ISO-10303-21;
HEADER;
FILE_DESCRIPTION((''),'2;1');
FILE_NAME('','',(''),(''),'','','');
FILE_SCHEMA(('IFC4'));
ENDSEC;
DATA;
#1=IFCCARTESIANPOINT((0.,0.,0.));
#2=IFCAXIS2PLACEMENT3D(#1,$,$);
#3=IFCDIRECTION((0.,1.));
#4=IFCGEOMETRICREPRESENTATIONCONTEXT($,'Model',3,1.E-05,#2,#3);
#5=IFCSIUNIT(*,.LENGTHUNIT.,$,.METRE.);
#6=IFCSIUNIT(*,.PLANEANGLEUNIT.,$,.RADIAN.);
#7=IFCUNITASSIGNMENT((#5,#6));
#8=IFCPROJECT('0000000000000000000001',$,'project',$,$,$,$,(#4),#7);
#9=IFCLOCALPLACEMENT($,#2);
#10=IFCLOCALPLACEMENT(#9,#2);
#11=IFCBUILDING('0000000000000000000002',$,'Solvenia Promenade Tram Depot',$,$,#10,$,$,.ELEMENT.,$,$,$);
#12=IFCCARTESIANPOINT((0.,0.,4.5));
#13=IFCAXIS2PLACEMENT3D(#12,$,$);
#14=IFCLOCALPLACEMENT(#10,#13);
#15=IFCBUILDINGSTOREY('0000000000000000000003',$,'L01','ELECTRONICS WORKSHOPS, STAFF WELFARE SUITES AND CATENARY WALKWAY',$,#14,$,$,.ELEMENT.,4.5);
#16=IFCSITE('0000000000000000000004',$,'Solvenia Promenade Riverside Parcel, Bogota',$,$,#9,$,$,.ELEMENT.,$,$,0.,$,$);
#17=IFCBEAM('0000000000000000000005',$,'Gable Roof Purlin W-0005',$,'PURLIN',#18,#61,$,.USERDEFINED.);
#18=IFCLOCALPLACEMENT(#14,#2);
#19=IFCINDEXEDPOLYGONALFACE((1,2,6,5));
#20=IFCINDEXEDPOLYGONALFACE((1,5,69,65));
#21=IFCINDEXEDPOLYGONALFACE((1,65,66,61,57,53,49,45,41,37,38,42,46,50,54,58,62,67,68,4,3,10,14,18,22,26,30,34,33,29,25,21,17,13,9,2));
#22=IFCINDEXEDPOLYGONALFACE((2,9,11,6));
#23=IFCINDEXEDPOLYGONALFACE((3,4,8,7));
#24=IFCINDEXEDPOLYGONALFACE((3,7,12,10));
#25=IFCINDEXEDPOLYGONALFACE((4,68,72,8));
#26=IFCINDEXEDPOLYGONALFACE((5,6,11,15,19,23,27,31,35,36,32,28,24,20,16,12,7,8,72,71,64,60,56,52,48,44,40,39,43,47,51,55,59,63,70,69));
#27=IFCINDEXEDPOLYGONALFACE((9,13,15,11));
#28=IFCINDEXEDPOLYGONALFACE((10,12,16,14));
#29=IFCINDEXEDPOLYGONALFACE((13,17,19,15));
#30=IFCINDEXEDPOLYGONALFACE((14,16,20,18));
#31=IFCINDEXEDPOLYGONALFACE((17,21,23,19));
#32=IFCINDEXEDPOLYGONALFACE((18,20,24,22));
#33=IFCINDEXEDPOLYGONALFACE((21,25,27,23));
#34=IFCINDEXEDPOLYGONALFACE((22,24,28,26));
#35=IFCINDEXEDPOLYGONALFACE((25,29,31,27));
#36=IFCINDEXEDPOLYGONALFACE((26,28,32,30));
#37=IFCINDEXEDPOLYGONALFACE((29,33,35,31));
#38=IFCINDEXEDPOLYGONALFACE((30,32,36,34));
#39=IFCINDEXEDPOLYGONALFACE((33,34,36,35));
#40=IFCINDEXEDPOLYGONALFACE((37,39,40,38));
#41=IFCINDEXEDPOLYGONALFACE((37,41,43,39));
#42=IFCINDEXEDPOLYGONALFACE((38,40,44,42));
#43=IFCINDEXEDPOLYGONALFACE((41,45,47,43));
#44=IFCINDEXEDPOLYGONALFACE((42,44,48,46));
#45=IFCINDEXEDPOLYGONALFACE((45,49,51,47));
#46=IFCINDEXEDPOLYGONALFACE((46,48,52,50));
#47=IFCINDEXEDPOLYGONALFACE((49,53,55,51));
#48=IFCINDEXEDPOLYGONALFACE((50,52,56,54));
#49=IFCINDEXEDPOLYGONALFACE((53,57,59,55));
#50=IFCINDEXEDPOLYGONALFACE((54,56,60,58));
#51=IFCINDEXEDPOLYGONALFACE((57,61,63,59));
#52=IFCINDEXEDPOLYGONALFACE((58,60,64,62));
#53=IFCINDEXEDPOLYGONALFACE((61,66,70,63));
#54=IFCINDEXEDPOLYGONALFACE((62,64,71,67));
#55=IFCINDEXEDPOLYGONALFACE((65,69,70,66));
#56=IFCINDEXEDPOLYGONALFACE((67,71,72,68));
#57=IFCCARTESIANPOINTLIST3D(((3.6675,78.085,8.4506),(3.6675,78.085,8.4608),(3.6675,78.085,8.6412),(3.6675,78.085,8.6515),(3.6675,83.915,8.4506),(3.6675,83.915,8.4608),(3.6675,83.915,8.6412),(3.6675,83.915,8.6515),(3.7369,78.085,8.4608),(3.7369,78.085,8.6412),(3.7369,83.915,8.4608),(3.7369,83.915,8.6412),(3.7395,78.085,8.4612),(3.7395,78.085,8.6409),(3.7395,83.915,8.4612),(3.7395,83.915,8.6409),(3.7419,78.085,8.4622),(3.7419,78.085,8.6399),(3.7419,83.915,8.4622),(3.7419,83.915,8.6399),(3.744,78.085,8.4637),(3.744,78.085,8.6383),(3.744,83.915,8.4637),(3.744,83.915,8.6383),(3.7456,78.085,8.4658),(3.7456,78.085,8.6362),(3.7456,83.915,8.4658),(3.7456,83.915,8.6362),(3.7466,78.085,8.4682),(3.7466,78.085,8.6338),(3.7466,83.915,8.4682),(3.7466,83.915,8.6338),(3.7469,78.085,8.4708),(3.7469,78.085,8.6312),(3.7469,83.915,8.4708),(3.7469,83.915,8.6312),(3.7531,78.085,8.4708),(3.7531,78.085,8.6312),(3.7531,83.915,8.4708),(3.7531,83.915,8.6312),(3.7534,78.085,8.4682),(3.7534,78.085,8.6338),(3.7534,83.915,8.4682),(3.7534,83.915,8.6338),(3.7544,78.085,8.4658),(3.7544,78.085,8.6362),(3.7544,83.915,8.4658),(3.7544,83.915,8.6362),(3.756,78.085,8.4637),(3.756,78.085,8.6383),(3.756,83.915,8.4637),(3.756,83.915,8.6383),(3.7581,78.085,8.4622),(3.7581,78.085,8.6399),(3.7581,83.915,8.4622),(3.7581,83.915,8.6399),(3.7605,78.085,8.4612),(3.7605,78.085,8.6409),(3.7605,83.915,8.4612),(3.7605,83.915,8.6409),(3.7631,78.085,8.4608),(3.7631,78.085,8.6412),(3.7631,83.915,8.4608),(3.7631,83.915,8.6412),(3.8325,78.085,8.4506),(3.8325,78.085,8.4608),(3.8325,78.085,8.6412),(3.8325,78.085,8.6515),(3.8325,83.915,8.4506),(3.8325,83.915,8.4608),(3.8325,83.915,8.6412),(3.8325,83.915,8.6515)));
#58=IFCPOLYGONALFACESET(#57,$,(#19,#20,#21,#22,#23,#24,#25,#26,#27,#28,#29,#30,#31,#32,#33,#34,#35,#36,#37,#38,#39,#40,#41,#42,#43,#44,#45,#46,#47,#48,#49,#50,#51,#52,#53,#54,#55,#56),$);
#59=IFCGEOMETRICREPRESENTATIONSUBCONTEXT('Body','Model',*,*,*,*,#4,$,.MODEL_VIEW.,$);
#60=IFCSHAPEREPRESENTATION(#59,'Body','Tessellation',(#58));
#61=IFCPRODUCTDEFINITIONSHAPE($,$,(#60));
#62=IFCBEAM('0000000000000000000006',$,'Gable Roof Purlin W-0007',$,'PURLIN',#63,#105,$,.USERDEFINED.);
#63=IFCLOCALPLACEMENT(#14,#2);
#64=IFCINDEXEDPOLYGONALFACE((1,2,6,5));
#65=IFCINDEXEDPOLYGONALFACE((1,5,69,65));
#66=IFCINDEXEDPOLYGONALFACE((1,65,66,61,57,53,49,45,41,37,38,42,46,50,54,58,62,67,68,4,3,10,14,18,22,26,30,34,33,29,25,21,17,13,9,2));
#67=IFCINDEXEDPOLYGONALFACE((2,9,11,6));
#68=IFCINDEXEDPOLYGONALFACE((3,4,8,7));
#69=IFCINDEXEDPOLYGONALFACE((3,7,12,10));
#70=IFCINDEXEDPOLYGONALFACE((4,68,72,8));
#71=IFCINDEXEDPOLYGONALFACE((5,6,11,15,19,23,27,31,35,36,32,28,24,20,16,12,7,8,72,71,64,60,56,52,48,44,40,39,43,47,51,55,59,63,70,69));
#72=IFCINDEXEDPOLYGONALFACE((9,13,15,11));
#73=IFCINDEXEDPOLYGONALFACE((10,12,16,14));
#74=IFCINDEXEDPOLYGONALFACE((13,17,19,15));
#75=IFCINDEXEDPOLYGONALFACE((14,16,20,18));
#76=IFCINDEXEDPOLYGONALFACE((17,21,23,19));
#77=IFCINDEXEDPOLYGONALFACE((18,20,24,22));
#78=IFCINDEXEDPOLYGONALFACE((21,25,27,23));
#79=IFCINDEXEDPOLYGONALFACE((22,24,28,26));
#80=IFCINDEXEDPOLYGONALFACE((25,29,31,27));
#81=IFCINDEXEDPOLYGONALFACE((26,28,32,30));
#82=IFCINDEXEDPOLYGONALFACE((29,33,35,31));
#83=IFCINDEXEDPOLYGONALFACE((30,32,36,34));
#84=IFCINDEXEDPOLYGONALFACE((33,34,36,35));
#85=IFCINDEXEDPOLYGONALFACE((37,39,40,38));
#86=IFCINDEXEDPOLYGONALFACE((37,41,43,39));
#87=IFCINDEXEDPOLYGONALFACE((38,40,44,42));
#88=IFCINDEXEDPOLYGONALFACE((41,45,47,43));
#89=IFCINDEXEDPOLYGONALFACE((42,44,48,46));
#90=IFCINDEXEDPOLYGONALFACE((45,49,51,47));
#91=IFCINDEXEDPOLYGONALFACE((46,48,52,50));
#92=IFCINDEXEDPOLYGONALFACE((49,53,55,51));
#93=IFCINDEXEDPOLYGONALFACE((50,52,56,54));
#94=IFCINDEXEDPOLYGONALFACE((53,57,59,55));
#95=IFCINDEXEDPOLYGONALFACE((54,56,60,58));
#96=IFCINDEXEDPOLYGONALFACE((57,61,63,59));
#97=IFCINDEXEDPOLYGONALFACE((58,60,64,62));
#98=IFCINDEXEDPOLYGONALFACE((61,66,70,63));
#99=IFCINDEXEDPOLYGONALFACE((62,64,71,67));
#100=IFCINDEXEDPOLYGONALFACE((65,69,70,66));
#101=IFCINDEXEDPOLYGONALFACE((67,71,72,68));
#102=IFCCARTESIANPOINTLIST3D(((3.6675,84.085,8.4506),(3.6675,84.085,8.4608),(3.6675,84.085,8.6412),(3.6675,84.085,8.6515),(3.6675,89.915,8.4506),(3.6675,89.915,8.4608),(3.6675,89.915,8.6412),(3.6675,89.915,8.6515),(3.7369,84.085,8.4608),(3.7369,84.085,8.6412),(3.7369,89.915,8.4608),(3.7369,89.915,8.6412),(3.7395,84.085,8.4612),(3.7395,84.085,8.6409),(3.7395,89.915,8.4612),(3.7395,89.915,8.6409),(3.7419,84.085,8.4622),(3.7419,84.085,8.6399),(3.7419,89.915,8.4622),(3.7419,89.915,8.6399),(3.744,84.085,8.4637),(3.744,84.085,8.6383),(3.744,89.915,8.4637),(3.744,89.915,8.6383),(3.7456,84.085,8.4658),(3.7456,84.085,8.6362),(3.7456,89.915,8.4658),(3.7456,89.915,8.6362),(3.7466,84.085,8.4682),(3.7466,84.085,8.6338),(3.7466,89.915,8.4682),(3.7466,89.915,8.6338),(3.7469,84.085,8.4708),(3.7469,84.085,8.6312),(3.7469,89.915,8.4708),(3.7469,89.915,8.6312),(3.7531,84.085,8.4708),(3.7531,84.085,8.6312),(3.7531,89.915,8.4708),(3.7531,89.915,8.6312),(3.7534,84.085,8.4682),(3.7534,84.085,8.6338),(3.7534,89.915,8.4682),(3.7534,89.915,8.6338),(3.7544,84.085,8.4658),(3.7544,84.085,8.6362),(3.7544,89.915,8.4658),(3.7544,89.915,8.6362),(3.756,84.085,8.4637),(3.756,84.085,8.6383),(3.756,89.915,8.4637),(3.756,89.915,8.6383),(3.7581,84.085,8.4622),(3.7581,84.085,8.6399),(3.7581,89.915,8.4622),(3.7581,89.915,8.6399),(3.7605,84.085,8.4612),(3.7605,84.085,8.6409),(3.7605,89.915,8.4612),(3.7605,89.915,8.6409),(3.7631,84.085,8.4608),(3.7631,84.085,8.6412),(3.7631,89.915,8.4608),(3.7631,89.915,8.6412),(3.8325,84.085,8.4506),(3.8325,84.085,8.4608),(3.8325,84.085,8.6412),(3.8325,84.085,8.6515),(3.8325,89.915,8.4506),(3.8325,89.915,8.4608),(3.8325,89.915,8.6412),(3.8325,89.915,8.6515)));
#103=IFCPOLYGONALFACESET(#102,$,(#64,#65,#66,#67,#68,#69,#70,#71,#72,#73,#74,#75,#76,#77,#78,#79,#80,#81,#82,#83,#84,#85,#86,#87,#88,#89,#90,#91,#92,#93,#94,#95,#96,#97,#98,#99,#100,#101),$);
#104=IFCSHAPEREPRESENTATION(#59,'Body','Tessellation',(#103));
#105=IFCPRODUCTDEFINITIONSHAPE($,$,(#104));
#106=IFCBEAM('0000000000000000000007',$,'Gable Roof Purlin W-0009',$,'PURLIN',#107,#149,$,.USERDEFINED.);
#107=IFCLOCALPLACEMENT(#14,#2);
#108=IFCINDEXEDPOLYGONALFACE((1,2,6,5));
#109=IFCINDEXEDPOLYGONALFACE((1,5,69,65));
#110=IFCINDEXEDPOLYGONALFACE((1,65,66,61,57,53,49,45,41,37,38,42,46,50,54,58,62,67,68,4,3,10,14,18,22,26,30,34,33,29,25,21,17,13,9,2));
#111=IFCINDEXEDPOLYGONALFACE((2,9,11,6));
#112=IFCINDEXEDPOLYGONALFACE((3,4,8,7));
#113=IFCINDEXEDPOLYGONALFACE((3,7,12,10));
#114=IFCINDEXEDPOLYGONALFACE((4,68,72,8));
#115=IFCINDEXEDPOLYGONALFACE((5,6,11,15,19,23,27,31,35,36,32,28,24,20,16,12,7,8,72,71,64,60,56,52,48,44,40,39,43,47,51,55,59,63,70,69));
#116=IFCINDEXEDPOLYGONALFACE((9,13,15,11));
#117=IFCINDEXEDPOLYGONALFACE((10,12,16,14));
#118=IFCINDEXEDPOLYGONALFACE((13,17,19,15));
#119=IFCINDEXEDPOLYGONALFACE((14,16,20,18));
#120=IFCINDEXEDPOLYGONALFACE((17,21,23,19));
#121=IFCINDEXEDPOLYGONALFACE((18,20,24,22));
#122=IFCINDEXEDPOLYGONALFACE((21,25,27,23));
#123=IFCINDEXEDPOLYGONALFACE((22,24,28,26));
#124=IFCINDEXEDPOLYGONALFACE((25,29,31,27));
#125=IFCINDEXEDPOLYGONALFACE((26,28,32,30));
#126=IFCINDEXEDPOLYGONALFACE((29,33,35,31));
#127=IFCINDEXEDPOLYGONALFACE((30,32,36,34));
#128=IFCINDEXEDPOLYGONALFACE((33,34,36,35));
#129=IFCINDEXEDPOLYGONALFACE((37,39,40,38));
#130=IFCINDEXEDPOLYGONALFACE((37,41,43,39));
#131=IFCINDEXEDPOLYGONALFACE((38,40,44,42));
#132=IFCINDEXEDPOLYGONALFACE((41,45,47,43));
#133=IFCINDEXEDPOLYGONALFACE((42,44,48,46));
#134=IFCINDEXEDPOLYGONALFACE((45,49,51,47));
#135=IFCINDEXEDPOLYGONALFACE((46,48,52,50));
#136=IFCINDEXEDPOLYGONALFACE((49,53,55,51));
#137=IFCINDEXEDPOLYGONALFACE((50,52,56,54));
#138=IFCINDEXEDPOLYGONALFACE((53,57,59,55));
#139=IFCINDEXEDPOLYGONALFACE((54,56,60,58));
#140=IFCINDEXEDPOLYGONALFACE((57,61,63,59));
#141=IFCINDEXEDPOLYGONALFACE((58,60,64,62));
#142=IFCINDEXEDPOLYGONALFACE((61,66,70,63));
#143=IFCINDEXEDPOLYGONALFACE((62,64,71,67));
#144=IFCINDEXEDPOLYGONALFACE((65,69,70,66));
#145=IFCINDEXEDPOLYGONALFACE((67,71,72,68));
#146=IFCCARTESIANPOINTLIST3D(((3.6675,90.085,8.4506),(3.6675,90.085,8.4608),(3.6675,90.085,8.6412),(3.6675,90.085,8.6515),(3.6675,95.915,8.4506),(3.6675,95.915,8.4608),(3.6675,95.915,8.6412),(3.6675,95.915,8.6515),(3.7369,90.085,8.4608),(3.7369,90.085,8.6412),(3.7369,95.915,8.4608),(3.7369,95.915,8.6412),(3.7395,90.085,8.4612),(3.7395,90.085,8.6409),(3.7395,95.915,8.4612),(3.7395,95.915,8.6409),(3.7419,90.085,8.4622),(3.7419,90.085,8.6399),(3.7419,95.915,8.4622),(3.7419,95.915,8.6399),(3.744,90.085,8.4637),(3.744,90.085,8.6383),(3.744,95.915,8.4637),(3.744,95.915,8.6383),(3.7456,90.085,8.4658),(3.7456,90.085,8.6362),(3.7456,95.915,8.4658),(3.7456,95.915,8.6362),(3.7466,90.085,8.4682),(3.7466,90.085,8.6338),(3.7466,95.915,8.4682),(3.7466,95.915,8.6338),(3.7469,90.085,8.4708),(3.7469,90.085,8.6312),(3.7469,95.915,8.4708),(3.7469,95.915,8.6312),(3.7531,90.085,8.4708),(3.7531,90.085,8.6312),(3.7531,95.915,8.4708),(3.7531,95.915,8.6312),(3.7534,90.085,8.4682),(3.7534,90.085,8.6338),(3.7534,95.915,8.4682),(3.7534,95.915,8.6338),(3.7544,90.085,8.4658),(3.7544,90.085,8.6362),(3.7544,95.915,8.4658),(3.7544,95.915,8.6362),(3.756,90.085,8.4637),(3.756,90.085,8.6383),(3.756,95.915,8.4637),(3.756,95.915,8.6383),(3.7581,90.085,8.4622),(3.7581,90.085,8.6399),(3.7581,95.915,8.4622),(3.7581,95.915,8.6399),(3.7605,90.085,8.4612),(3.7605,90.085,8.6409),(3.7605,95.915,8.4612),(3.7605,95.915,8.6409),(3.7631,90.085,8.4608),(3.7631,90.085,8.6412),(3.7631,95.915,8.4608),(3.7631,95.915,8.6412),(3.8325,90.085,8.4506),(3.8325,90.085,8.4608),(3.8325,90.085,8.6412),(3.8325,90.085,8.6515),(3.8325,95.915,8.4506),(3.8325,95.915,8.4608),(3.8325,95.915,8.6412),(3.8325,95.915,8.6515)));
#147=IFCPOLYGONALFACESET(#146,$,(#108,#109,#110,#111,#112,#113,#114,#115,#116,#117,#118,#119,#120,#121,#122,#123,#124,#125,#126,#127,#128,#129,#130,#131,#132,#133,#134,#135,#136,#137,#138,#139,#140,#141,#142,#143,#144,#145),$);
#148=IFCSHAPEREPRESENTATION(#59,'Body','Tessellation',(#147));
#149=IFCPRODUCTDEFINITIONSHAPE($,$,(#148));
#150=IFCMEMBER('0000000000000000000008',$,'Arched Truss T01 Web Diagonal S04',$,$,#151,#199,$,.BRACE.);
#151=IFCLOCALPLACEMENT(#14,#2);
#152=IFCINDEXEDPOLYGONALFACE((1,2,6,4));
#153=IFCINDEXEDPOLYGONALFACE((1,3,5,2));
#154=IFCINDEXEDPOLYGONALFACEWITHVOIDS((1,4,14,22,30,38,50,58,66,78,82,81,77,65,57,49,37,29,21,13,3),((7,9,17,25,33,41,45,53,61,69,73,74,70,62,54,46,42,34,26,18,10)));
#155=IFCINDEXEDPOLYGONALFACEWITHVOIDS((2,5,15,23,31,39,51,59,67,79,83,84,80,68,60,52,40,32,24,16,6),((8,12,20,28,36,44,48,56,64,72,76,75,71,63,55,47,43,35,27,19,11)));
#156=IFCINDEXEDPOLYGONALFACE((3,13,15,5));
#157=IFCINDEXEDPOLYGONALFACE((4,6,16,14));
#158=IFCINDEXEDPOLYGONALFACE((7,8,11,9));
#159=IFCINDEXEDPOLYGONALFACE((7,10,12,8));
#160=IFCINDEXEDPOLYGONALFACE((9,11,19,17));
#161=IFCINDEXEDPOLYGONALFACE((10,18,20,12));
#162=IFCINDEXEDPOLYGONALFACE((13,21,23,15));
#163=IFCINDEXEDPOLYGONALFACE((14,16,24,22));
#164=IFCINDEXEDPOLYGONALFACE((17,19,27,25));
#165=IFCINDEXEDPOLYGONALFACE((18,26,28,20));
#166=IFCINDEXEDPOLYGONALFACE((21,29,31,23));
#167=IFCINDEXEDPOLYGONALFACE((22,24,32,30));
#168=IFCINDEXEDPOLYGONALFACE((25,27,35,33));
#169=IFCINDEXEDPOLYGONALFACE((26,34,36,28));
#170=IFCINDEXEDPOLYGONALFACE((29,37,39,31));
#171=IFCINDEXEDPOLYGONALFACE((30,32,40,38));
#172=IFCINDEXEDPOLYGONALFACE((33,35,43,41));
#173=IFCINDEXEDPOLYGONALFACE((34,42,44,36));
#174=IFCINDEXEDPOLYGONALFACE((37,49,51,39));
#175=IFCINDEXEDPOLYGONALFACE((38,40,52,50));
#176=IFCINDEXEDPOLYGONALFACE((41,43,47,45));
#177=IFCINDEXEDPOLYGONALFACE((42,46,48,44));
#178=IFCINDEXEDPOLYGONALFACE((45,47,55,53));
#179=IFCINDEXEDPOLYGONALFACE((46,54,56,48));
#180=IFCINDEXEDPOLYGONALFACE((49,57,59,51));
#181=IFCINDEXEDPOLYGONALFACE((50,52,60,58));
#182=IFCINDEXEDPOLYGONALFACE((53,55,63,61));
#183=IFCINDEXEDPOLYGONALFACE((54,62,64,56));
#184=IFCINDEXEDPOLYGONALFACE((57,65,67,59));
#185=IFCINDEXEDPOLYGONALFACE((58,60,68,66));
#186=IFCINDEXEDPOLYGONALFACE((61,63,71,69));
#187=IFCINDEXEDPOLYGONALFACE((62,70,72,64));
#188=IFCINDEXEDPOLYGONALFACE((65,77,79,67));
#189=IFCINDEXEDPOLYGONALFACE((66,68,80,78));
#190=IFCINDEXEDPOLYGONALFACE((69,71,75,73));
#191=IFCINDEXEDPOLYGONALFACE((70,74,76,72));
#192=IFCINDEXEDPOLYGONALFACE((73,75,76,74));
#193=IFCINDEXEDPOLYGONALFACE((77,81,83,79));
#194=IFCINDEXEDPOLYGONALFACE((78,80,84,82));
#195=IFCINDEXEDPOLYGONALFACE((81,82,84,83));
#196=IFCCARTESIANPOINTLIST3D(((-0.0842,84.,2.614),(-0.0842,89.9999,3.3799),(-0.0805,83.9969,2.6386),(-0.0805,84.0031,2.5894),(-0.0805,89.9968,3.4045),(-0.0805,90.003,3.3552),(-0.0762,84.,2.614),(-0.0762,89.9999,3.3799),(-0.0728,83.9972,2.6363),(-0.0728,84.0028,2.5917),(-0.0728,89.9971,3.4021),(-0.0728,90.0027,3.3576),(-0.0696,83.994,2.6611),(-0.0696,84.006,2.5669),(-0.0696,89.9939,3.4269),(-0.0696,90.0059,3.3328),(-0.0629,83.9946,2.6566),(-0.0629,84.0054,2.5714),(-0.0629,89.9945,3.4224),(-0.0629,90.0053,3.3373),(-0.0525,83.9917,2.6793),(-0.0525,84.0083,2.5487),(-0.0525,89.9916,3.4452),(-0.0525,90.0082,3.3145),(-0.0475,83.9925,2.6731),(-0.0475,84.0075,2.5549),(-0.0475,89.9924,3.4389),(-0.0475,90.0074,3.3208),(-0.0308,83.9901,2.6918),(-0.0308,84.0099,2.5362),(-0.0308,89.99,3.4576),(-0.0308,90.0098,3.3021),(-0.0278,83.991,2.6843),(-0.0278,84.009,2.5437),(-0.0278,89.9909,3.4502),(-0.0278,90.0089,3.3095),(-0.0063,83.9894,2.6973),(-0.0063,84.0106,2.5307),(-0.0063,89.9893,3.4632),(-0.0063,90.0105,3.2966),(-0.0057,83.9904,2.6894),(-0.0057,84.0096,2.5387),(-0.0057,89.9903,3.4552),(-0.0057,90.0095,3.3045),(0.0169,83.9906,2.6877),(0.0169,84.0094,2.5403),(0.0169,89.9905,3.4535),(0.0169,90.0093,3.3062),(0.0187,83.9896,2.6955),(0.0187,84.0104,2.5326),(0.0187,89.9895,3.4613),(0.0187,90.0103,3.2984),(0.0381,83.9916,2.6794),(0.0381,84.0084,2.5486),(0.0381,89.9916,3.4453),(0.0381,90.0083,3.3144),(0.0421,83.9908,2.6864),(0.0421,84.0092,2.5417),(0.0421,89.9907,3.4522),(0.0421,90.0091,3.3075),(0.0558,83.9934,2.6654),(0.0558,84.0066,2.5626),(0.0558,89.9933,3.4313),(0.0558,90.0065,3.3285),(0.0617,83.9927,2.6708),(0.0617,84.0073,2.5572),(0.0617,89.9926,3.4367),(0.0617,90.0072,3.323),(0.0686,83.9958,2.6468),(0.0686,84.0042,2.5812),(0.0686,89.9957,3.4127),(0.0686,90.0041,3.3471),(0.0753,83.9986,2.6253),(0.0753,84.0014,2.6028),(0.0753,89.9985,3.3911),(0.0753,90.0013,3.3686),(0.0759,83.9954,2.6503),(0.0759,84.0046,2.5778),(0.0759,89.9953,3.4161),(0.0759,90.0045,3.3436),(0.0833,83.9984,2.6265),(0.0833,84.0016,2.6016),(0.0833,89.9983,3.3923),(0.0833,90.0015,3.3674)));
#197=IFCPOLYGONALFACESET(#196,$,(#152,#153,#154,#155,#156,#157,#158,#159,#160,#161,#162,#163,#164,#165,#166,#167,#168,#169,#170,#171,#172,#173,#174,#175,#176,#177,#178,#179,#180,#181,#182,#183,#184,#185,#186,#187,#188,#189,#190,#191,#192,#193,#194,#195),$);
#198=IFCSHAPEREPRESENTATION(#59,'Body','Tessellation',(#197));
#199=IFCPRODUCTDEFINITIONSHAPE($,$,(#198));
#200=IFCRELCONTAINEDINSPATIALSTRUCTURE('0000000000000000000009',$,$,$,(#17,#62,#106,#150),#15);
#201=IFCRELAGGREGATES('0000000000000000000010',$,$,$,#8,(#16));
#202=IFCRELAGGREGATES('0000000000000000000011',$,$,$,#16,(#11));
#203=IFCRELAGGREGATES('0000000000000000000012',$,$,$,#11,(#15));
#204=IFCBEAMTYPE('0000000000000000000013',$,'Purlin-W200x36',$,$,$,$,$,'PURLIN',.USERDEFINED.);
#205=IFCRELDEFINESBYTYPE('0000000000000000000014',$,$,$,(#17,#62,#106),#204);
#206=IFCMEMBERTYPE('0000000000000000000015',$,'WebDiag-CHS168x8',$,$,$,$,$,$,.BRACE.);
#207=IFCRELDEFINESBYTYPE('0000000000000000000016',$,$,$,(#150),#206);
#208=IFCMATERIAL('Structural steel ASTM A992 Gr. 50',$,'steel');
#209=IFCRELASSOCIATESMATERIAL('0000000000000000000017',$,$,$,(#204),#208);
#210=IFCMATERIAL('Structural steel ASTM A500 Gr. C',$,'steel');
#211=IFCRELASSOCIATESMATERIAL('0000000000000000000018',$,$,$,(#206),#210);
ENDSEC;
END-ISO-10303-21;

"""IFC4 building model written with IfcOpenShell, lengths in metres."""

from ifc_helpers import new_model, si_unit, direction, frame, origin, origin_2d, place, context, subcontext, project, spatial, hollow_circle, i_section, extrude, material, material_profile, profile_set, type_object, element, save


model = new_model("IFC4")

# Units and contexts
model_context = context("Model", 3, precision=1e-05, world=origin(), true_north=direction((0.0, 1.0)))
body_context = subcontext(model_context, "Body", "Model", "MODEL_VIEW")
ifc_project = project(units=[si_unit("LENGTHUNIT", "METRE"), si_unit("PLANEANGLEUNIT", "RADIAN")], contexts=[model_context])

# Site, building, storey
site_placement = place(None, origin())
site = spatial("IfcSite", under=ifc_project, at=site_placement, Name="Solvenia Promenade Riverside Parcel, Bogota", CompositionType="ELEMENT", RefElevation=0.0)
building_placement = place(site_placement, origin())
building = spatial("IfcBuilding", under=site, at=building_placement, Name="Solvenia Promenade Tram Depot", CompositionType="ELEMENT")
storey_placement = place(building_placement, frame((0.0, 0.0, 4.5)))
storey = spatial("IfcBuildingStorey", under=building, at=storey_placement, Name="L01", Description="ELECTRONICS WORKSHOPS, STAFF WELFARE SUITES AND CATENARY WALKWAY", CompositionType="ELEMENT", Elevation=4.5)

# Shared definitions
ifc_material_1 = material(Name="Structural steel ASTM A500 Gr. C", Category="steel")

# Beams
ifc_material_2 = material(Name="Structural steel ASTM A992 Gr. 50", Category="steel")
ifc_material_profile_1 = material_profile(ifc_material_2, i_section(OverallWidth=0.165, OverallDepth=0.2009, WebThickness=0.0061, FlangeThickness=0.0103, FilletRadius=0.01, at=origin_2d()), Name="W200x36", Category="steel")
ifc_profile_set_1 = profile_set([ifc_material_profile_1], Name="Structural steel ASTM A992 Gr. 50")
beam_type = type_object("IfcBeamType", Name="Purlin-W200x36", ElementType="PURLIN", PredefinedType="USERDEFINED", material=ifc_profile_set_1)
for number, where, z_axis, x_axis, name in (
    (1, (3.75, 78.085, 8.551), (0.0, 1.0, 0.0), (-1.0, 0.0, 0.0), "Gable Roof Purlin W-0005"),
    (2, (3.75, 84.085, 8.551), (0.0, 1.0, 0.0), (-1.0, 0.0, 0.0), "Gable Roof Purlin W-0007"),
    (3, (3.75, 90.085, 8.551), (0.0, 1.0, 0.0), (-1.0, 0.0, 0.0), "Gable Roof Purlin W-0009"),
):
    element("IfcBeam", number, at=place(storey_placement, frame(where, z_axis=z_axis, x_axis=x_axis)), inside=storey, type_object=beam_type, Name=name, ObjectType="PURLIN", PredefinedType="USERDEFINED", context=body_context, shape_type="SweptSolid", body=[
        extrude(i_section(OverallWidth=0.165, OverallDepth=0.2009, WebThickness=0.0061, FlangeThickness=0.0103, FilletRadius=0.01, at=origin_2d()), origin(), (0.0, 0.0, 1.0), 5.8301),
    ])

# Member
ifc_material_profile_2 = material_profile(ifc_material_1, hollow_circle(Radius=0.0842, WallThickness=0.0081, at=origin_2d()), Name="CHS168.3x8", Category="steel")
ifc_profile_set_2 = profile_set([ifc_material_profile_2], Name="Structural steel ASTM A500 Gr. C")
member_type_1 = type_object("IfcMemberType", Name="WebDiag-CHS168x8", PredefinedType="BRACE", material=ifc_profile_set_2)
member_1_placement = place(storey_placement, frame((0.0, 84.0, 2.614), z_axis=(0.0, 0.991952, 0.126618), x_axis=(-1.0, 0.0, 0.0)))
element("IfcMember", 4, at=member_1_placement, inside=storey, type_object=member_type_1, Name="Arched Truss T01 Web Diagonal S04", PredefinedType="BRACE", context=body_context, shape_type="SweptSolid", body=[
    extrude(hollow_circle(Radius=0.0842, WallThickness=0.0081, at=origin_2d()), origin(), (0.0, 0.0, 1.0), 6.0486),
])

save(model, "model.ifc")
